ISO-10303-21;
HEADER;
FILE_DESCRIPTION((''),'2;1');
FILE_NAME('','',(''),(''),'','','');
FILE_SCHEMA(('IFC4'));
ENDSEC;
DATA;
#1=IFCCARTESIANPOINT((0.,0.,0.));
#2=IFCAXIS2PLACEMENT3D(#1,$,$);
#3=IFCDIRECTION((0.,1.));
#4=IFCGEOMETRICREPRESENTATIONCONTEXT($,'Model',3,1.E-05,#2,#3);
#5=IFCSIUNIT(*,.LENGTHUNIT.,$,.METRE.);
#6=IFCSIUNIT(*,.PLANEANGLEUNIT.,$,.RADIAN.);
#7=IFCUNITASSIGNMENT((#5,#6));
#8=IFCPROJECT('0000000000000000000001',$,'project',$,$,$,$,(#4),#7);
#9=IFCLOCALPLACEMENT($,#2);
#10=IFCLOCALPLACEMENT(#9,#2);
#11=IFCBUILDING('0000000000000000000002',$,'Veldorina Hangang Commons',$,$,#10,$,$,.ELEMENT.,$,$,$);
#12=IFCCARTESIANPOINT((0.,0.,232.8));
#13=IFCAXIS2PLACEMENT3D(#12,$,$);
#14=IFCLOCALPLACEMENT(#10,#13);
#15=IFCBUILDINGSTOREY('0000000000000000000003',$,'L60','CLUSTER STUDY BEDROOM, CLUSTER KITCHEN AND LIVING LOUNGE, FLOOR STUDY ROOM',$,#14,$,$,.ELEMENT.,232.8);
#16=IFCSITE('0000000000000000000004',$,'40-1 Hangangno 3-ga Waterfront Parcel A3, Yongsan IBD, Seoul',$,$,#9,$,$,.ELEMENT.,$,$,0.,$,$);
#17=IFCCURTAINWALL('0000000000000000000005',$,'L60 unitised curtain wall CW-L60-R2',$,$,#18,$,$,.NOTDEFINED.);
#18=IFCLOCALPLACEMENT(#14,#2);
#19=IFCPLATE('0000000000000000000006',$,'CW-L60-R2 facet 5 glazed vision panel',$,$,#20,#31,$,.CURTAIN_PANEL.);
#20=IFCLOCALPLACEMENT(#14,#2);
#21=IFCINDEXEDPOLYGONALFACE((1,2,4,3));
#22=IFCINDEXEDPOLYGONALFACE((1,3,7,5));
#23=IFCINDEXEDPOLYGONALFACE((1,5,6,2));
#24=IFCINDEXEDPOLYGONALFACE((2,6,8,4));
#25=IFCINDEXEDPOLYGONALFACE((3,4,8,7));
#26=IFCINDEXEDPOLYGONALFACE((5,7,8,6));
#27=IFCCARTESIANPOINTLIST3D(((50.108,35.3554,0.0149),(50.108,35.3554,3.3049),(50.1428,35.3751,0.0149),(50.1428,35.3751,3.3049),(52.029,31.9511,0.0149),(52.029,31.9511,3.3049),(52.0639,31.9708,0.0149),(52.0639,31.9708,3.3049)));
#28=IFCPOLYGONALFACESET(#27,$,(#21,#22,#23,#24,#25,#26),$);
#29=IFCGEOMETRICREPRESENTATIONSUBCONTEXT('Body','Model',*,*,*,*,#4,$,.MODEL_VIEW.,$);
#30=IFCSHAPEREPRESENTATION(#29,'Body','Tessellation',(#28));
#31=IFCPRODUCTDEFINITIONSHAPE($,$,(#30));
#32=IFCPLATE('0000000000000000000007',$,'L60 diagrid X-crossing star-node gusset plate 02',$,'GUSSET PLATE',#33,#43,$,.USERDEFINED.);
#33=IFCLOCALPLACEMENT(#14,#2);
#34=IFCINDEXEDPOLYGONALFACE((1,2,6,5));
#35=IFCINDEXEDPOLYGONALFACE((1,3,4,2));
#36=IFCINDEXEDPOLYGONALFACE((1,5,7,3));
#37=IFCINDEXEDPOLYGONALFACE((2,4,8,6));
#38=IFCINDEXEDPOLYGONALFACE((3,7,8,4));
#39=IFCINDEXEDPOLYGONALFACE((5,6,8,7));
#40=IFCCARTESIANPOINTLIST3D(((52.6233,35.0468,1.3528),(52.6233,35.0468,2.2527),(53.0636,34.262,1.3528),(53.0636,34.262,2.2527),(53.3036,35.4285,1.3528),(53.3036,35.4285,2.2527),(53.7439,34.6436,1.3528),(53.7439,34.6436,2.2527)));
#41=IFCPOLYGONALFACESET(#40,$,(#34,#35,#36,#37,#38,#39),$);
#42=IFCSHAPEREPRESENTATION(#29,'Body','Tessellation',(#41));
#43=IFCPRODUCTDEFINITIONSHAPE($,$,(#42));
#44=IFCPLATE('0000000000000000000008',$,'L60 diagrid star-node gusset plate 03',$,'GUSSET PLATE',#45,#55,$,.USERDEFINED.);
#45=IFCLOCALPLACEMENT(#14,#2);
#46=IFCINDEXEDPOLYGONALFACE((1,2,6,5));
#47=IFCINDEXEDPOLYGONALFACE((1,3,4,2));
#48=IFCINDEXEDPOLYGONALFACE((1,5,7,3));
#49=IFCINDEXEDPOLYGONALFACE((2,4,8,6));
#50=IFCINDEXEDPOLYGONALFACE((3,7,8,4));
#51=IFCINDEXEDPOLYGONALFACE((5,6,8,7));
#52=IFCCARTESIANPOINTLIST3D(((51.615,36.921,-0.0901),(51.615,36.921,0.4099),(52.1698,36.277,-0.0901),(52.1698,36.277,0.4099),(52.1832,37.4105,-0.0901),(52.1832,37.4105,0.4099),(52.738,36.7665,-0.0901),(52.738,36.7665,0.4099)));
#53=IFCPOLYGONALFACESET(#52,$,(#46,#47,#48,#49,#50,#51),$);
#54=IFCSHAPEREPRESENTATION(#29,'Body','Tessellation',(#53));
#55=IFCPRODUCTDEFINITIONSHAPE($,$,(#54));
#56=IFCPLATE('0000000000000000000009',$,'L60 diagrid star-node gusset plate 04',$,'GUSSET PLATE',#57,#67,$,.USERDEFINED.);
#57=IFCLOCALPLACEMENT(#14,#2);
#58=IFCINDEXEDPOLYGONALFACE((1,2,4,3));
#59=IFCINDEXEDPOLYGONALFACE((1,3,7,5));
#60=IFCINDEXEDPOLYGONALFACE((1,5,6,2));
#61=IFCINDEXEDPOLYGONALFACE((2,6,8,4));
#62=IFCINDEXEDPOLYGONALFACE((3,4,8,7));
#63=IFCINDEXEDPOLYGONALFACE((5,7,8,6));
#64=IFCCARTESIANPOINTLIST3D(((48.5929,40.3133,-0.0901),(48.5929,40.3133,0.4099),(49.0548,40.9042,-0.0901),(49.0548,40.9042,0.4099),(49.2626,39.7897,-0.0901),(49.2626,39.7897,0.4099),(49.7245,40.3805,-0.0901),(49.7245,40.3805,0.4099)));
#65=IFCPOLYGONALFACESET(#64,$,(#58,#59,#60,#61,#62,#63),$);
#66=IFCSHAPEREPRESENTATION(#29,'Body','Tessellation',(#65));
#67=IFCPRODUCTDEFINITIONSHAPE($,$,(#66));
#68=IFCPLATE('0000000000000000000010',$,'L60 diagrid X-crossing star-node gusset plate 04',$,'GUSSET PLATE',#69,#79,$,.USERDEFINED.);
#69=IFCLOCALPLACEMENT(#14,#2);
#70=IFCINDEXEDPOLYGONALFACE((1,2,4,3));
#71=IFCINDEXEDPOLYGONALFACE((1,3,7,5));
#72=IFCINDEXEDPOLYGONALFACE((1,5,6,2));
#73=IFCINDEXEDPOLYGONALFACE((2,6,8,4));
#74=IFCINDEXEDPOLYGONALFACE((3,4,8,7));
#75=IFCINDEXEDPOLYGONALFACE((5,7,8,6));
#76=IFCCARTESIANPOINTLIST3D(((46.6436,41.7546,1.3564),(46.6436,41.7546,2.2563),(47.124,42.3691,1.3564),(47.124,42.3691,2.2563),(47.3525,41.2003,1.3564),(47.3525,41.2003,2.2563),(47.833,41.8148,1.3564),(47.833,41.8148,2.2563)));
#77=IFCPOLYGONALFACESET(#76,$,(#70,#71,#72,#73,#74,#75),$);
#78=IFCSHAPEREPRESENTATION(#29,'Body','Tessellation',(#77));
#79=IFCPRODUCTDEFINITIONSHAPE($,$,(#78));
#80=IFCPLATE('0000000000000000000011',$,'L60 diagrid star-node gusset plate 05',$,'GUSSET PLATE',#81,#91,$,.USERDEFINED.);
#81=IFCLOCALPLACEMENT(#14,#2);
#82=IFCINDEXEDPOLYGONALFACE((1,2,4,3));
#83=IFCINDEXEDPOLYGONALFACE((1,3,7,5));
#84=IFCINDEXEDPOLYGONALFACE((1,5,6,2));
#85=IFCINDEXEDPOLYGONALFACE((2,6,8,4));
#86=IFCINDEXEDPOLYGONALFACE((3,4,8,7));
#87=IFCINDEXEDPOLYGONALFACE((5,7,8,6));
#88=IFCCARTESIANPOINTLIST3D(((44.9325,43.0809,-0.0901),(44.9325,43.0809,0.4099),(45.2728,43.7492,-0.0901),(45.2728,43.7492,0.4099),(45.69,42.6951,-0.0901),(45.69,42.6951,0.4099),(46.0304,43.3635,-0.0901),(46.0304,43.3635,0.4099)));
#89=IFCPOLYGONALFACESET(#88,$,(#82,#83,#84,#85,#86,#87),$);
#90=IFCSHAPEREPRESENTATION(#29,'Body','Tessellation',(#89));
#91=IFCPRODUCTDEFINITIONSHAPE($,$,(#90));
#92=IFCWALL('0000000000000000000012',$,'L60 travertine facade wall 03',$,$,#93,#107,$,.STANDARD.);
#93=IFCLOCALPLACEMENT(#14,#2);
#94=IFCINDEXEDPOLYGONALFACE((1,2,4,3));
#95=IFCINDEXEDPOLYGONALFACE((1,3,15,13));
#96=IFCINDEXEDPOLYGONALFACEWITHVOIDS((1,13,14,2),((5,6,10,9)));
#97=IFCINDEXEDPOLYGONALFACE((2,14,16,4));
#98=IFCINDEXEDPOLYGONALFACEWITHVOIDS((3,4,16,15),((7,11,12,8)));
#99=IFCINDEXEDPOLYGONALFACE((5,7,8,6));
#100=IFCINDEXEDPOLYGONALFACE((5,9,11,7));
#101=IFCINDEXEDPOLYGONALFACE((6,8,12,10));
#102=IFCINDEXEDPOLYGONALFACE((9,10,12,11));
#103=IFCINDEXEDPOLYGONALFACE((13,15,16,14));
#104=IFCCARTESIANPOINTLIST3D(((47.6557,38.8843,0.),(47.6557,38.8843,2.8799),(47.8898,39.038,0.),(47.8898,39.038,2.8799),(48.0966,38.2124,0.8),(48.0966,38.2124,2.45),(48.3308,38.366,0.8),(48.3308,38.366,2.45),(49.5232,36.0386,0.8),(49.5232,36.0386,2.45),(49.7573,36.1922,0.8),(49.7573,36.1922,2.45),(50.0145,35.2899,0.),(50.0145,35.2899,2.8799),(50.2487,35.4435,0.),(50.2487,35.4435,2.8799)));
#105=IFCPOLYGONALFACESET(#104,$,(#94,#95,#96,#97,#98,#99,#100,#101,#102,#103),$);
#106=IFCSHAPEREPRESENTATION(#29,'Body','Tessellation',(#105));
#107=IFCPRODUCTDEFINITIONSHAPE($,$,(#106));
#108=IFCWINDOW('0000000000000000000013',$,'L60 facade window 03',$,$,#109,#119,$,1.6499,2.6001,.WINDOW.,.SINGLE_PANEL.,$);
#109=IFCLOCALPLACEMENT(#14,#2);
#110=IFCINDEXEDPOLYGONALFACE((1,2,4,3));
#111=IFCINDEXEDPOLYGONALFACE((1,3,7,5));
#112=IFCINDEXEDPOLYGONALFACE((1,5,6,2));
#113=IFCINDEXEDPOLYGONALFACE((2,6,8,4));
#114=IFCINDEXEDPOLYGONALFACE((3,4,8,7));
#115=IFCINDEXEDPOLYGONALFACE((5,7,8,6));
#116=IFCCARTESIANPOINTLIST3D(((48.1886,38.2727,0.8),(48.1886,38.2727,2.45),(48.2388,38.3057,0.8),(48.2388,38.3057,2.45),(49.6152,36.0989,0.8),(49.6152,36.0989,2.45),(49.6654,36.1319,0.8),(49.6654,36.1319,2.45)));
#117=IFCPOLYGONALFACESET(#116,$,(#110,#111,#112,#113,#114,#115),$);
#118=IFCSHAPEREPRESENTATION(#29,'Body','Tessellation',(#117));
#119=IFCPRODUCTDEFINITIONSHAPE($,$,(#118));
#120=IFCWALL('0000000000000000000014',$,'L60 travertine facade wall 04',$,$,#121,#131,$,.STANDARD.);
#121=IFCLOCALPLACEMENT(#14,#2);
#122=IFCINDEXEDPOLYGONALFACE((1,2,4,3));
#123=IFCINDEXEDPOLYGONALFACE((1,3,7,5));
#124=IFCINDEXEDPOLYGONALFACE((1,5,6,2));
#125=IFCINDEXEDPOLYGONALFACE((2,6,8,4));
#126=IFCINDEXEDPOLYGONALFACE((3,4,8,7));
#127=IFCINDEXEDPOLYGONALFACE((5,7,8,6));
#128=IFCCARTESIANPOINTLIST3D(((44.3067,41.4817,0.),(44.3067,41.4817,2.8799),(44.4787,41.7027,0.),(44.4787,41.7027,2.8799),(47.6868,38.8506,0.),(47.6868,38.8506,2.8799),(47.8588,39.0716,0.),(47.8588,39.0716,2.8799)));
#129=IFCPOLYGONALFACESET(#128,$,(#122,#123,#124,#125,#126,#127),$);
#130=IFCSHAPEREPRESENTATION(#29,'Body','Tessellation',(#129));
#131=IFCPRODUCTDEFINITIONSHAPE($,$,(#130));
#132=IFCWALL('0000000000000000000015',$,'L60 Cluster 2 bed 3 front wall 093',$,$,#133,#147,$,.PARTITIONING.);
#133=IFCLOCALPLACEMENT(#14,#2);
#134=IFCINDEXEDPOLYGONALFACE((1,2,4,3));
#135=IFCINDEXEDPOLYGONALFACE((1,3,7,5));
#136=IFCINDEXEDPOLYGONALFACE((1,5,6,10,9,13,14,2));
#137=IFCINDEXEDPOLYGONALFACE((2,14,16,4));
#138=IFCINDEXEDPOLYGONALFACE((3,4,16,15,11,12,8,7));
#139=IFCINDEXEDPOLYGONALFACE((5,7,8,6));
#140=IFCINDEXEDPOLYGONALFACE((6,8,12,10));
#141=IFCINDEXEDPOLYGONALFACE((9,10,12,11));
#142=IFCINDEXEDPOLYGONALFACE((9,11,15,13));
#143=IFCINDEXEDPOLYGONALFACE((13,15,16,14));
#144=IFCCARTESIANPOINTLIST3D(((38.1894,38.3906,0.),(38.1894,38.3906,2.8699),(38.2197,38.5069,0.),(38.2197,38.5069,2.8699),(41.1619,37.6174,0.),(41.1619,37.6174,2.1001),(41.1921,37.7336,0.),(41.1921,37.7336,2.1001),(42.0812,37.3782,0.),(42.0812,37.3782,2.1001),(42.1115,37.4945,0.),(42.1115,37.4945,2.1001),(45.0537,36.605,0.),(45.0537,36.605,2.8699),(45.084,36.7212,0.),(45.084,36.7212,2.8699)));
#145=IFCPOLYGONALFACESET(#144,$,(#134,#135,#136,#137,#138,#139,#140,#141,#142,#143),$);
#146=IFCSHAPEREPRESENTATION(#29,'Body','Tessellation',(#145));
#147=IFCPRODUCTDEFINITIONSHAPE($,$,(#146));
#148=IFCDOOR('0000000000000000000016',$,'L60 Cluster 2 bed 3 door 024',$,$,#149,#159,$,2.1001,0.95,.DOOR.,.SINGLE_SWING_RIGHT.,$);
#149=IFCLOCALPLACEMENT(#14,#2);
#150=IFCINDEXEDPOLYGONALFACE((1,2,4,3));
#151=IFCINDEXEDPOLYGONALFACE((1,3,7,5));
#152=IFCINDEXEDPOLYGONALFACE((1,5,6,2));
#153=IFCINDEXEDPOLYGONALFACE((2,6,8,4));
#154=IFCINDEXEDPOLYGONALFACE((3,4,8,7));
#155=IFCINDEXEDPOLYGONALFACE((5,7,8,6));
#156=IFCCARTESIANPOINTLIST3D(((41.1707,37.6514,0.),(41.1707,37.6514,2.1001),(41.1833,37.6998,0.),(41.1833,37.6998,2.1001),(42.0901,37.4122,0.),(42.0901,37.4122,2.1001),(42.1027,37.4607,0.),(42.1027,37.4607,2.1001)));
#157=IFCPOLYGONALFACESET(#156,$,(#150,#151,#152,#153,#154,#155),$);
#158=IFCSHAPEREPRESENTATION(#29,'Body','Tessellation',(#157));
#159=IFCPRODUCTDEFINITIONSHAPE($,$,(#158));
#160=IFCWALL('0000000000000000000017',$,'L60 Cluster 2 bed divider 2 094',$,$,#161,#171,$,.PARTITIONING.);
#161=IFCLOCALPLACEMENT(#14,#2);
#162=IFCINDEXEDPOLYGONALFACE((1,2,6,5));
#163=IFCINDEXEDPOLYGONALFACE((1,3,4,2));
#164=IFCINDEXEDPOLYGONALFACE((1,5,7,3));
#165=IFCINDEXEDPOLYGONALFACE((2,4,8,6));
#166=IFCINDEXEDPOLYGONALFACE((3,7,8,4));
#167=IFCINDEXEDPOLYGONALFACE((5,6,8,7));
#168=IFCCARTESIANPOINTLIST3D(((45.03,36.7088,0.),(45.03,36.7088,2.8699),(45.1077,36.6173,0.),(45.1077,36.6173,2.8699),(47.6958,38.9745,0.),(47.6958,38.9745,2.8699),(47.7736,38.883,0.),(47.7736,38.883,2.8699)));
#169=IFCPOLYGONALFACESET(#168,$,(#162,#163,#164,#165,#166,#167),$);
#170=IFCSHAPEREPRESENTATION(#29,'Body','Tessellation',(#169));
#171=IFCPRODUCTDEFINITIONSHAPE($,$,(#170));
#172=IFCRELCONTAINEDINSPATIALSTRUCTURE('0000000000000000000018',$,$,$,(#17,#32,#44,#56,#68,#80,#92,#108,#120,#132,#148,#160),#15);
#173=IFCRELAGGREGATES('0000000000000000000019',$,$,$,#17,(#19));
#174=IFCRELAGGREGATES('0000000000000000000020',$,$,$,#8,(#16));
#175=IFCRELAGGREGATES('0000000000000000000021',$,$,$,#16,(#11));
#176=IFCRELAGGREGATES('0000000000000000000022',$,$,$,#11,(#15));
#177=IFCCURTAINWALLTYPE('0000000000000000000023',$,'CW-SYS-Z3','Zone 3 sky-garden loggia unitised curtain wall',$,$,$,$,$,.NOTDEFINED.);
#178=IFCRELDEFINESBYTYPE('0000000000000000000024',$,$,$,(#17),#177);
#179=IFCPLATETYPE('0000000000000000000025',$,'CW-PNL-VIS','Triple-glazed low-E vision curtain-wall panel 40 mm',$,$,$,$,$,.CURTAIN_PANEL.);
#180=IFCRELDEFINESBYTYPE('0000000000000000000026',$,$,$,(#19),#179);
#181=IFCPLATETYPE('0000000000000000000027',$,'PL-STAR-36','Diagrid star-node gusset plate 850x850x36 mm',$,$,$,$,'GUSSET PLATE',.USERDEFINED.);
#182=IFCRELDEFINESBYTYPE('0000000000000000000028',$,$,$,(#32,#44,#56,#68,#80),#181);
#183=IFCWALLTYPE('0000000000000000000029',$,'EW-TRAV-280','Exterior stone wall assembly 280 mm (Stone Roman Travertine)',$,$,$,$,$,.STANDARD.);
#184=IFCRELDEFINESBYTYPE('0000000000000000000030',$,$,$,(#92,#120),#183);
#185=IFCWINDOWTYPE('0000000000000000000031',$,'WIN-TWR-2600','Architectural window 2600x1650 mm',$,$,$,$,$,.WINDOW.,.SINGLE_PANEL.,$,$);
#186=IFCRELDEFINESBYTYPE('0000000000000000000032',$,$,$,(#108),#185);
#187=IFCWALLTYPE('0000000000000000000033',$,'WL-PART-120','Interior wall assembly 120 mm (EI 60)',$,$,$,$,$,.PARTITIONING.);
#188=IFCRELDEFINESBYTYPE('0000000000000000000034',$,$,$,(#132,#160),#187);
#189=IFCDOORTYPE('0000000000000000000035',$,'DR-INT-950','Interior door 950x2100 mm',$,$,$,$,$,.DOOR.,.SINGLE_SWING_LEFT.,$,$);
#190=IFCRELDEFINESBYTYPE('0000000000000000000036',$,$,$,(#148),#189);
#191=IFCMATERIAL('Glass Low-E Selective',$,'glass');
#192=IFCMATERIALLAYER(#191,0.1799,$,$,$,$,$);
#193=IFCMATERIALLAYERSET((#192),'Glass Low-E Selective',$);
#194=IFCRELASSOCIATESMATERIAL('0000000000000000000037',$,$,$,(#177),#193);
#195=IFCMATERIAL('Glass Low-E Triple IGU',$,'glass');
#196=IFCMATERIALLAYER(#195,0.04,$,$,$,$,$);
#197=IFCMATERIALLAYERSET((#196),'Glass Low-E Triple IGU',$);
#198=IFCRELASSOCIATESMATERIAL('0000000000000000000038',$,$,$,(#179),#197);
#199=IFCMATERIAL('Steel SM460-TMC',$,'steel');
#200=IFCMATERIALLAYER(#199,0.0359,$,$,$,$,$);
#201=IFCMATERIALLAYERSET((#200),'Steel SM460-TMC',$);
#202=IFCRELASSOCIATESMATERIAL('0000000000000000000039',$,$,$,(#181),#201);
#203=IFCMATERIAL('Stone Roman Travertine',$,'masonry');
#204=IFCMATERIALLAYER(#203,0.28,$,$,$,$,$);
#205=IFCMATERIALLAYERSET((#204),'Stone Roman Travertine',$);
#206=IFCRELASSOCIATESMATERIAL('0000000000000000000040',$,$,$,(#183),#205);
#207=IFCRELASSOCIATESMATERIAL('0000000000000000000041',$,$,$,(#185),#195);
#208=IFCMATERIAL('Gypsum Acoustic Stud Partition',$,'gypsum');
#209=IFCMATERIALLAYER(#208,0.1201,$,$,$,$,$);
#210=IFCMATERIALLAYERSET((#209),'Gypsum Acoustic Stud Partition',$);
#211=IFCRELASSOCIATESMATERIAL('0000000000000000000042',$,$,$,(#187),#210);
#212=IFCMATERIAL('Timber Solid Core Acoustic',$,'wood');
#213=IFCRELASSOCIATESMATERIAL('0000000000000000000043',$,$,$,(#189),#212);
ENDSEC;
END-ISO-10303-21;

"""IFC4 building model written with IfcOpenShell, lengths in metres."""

from ifc_helpers import new_model, si_unit, direction, frame, frame_2d, origin, origin_2d, place, context, subcontext, project, spatial, rectangle, extrude, material, layer, layer_set, type_object, element, fill, aggregate, save


model = new_model("IFC4")

# Units and contexts
model_context = context("Model", 3, precision=1e-05, world=origin(), true_north=direction((0.0, 1.0)))
body_context = subcontext(model_context, "Body", "Model", "MODEL_VIEW")
ifc_project = project(units=[si_unit("LENGTHUNIT", "METRE"), si_unit("PLANEANGLEUNIT", "RADIAN")], contexts=[model_context])

# Site, building, storey
site_placement = place(None, origin())
site = spatial("IfcSite", under=ifc_project, at=site_placement, Name="40-1 Hangangno 3-ga Waterfront Parcel A3, Yongsan IBD, Seoul", CompositionType="ELEMENT", RefElevation=0.0)
building_placement = place(site_placement, origin())
building = spatial("IfcBuilding", under=site, at=building_placement, Name="Veldorina Hangang Commons", CompositionType="ELEMENT")
storey_placement = place(building_placement, frame((0.0, 0.0, 232.8)))
storey = spatial("IfcBuildingStorey", under=building, at=storey_placement, Name="L60", Description="CLUSTER STUDY BEDROOM, CLUSTER KITCHEN AND LIVING LOUNGE, FLOOR STUDY ROOM", CompositionType="ELEMENT", Elevation=232.8)

# Curtain wall
ifc_material_1 = material(Name="Glass Low-E Selective", Category="glass")
ifc_layer_1 = layer(ifc_material_1, 0.1799)
ifc_layer_set_1 = layer_set([ifc_layer_1], Name="Glass Low-E Selective")
curtain_wall_type = type_object("IfcCurtainWallType", Name="CW-SYS-Z3", Description="Zone 3 sky-garden loggia unitised curtain wall", PredefinedType="NOTDEFINED", material=ifc_layer_set_1)
curtain_wall_placement = place(storey_placement, origin())
curtain_wall = element("IfcCurtainWall", 1, at=curtain_wall_placement, inside=storey, type_object=curtain_wall_type, Name="L60 unitised curtain wall CW-L60-R2", PredefinedType="NOTDEFINED")

# Plate
ifc_material_2 = material(Name="Glass Low-E Triple IGU", Category="glass")
ifc_layer_2 = layer(ifc_material_2, 0.04)
ifc_layer_set_2 = layer_set([ifc_layer_2], Name="Glass Low-E Triple IGU")
plate_type_1 = type_object("IfcPlateType", Name="CW-PNL-VIS", Description="Triple-glazed low-E vision curtain-wall panel 40 mm", PredefinedType="CURTAIN_PANEL", material=ifc_layer_set_2)
plate_1_placement = place(storey_placement, frame((51.0859, 33.6631, 0.0149), z_axis=(0.0, 0.0, 1.0), x_axis=(-0.491451, 0.870905, 0.0)))
plate_1 = element("IfcPlate", 2, at=plate_1_placement, type_object=plate_type_1, Name="CW-L60-R2 facet 5 glazed vision panel", PredefinedType="CURTAIN_PANEL", context=body_context, shape_type="SweptSolid", body=[
    extrude(rectangle(XDim=3.9089, YDim=0.04, at=origin_2d()), origin(), (0.0, 0.0, 1.0), 3.29),
])
aggregate(curtain_wall, [plate_1])

# Plates
ifc_material_3 = material(Name="Steel SM460-TMC", Category="steel")
ifc_layer_3 = layer(ifc_material_3, 0.0359)
ifc_layer_set_3 = layer_set([ifc_layer_3], Name="Steel SM460-TMC")
plate_type_2 = type_object("IfcPlateType", Name="PL-STAR-36", Description="Diagrid star-node gusset plate 850x850x36 mm", ElementType="GUSSET PLATE", PredefinedType="USERDEFINED", material=ifc_layer_set_3)
plate_2_placement = place(storey_placement, frame((53.1836, 34.8452, 1.3528), z_axis=(0.0, 0.0, 1.0), x_axis=(-0.489306, 0.872112, 0.0)))
element("IfcPlate", 3, at=plate_2_placement, inside=storey, type_object=plate_type_2, Name="L60 diagrid X-crossing star-node gusset plate 02", ObjectType="GUSSET PLATE", PredefinedType="USERDEFINED", context=body_context, shape_type="SweptSolid", body=[
    extrude(rectangle(XDim=0.8999, YDim=0.78, at=origin_2d()), origin(), (0.0, 0.0, 1.0), 0.8999),
])
for number, where, z_axis, x_axis, name in (
    (4, (52.1765, 36.8438, -0.0901), (0.0, 0.0, 1.0), (-0.652667, 0.757645, 0.0), "L60 diagrid star-node gusset plate 03"),
    (5, (49.1587, 40.3469, -0.0901), (0.0, 0.0, 1.0), (-0.787785, 0.61595, 0.0), "L60 diagrid star-node gusset plate 04"),
):
    element("IfcPlate", number, at=place(storey_placement, frame(where, z_axis=z_axis, x_axis=x_axis)), inside=storey, type_object=plate_type_2, Name=name, ObjectType="GUSSET PLATE", PredefinedType="USERDEFINED", context=body_context, shape_type="SweptSolid", body=[
        extrude(rectangle(XDim=0.8501, YDim=0.75, at=origin_2d()), origin(), (0.0, 0.0, 1.0), 0.5),
    ])
plate_3_placement = place(storey_placement, frame((47.2383, 41.7847, 1.3564), z_axis=(0.0, 0.0, 1.0), x_axis=(-0.787785, 0.61595, 0.0)))
element("IfcPlate", 6, at=plate_3_placement, inside=storey, type_object=plate_type_2, Name="L60 diagrid X-crossing star-node gusset plate 04", ObjectType="GUSSET PLATE", PredefinedType="USERDEFINED", context=body_context, shape_type="SweptSolid", body=[
    extrude(rectangle(XDim=0.8999, YDim=0.78, at=origin_2d()), origin(), (0.0, 0.0, 1.0), 0.8999),
])
plate_4_placement = place(storey_placement, frame((45.4814, 43.2222, -0.0901), z_axis=(0.0, 0.0, 1.0), x_axis=(-0.891117, 0.453773, 0.0)))
element("IfcPlate", 7, at=plate_4_placement, inside=storey, type_object=plate_type_2, Name="L60 diagrid star-node gusset plate 05", ObjectType="GUSSET PLATE", PredefinedType="USERDEFINED", context=body_context, shape_type="SweptSolid", body=[
    extrude(rectangle(XDim=0.8501, YDim=0.75, at=origin_2d()), origin(), (0.0, 0.0, 1.0), 0.5),
])

# Wall, opening, window
ifc_material_4 = material(Name="Stone Roman Travertine", Category="masonry")
ifc_layer_4 = layer(ifc_material_4, 0.28)
ifc_layer_set_4 = layer_set([ifc_layer_4], Name="Stone Roman Travertine")
wall_type_1 = type_object("IfcWallType", Name="EW-TRAV-280", Description="Exterior stone wall assembly 280 mm (Stone Roman Travertine)", PredefinedType="STANDARD", material=ifc_layer_set_4)
wall_1_placement = place(storey_placement, frame((50.1316, 35.3667, 0.0), z_axis=(0.0, 0.0, 1.0), x_axis=(-0.548658, 0.836047, 0.0)))
wall_1 = element("IfcWall", 8, at=wall_1_placement, inside=storey, type_object=wall_type_1, Name="L60 travertine facade wall 03", PredefinedType="STANDARD", context=body_context, shape_type="SweptSolid", body=[
    extrude(rectangle(XDim=4.2993, YDim=0.28, at=frame_2d((2.1497, 0.0))), origin(), (0.0, 0.0, 1.0), 2.8799),
])
opening_1_placement = place(wall_1_placement, frame((0.8955, 0.0, 0.8)))
opening_1 = element("IfcOpeningElement", 9, at=opening_1_placement, cuts=wall_1, PredefinedType="OPENING", context=body_context, shape_type="SweptSolid", body=[
    extrude(rectangle(XDim=2.6001, YDim=1.6499, at=frame_2d((1.3, 0.825))), frame((0.0, 0.1499, 0.0), z_axis=(0.0, -1.0, 0.0), x_axis=(1.0, 0.0, 0.0)), (0.0, 0.0, 1.0), 0.3),
])
window_type = type_object("IfcWindowType", Name="WIN-TWR-2600", Description="Architectural window 2600x1650 mm", PartitioningType="SINGLE_PANEL", PredefinedType="WINDOW", material=ifc_material_2)
window_placement = place(opening_1_placement, origin())
window = element("IfcWindow", 10, at=window_placement, inside=storey, type_object=window_type, Name="L60 facade window 03", OverallHeight=1.6499, OverallWidth=2.6001, PartitioningType="SINGLE_PANEL", PredefinedType="WINDOW", context=body_context, shape_type="SweptSolid", body=[
    extrude(rectangle(XDim=2.6001, YDim=1.6499, at=frame_2d((1.3, 0.825))), frame((0.0, 0.03, 0.0), z_axis=(0.0, -1.0, 0.0), x_axis=(1.0, 0.0, 0.0)), (0.0, 0.0, 1.0), 0.0601),
])
fill(opening_1, window)

# Wall
wall_2_placement = place(storey_placement, frame((47.7727, 38.9612, 0.0), z_axis=(0.0, 0.0, 1.0), x_axis=(-0.789113, 0.614248, 0.0)))
element("IfcWall", 11, at=wall_2_placement, inside=storey, type_object=wall_type_1, Name="L60 travertine facade wall 04", PredefinedType="STANDARD", context=body_context, shape_type="SweptSolid", body=[
    extrude(rectangle(XDim=4.2834, YDim=0.28, at=frame_2d((2.1416, 0.0))), origin(), (0.0, 0.0, 1.0), 2.8799),
])

# Wall, opening, door
ifc_material_5 = material(Name="Gypsum Acoustic Stud Partition", Category="gypsum")
ifc_layer_5 = layer(ifc_material_5, 0.1201)
ifc_layer_set_5 = layer_set([ifc_layer_5], Name="Gypsum Acoustic Stud Partition")
wall_type_2 = type_object("IfcWallType", Name="WL-PART-120", Description="Interior wall assembly 120 mm (EI 60)", PredefinedType="PARTITIONING", material=ifc_layer_set_5)
wall_3_placement = place(storey_placement, frame((45.0688, 36.6631, 0.0), z_axis=(0.0, 0.0, 1.0), x_axis=(-0.96779, 0.251758, 0.0)))
wall_3 = element("IfcWall", 12, at=wall_3_placement, inside=storey, type_object=wall_type_2, Name="L60 Cluster 2 bed 3 front wall 093", PredefinedType="PARTITIONING", context=body_context, shape_type="SweptSolid", body=[
    extrude(rectangle(XDim=7.0928, YDim=0.1201, at=frame_2d((3.5464, 0.0))), origin(), (0.0, 0.0, 1.0), 2.8699),
])
opening_2_placement = place(wall_3_placement, frame((3.0713, 0.0, 0.0)))
opening_2 = element("IfcOpeningElement", 13, at=opening_2_placement, cuts=wall_3, PredefinedType="OPENING", context=body_context, shape_type="SweptSolid", body=[
    extrude(rectangle(XDim=0.95, YDim=2.1001, at=frame_2d((0.4751, 1.05))), frame((0.0, 0.0701, 0.0), z_axis=(0.0, -1.0, 0.0), x_axis=(1.0, 0.0, 0.0)), (0.0, 0.0, 1.0), 0.1401),
])
ifc_material_6 = material(Name="Timber Solid Core Acoustic", Category="wood")
door_type = type_object("IfcDoorType", Name="DR-INT-950", Description="Interior door 950x2100 mm", OperationType="SINGLE_SWING_LEFT", PredefinedType="DOOR", material=ifc_material_6)
door_placement = place(opening_2_placement, origin())
door = element("IfcDoor", 14, at=door_placement, inside=storey, type_object=door_type, Name="L60 Cluster 2 bed 3 door 024", OperationType="SINGLE_SWING_RIGHT", OverallHeight=2.1001, OverallWidth=0.95, PredefinedType="DOOR", context=body_context, shape_type="SweptSolid", body=[
    extrude(rectangle(XDim=0.95, YDim=2.1001, at=frame_2d((0.4751, 1.05))), frame((0.0, 0.0249, 0.0), z_axis=(0.0, -1.0, 0.0), x_axis=(1.0, 0.0, 0.0)), (0.0, 0.0, 1.0), 0.05),
])
fill(opening_2, door)

# Wall
wall_4_placement = place(storey_placement, frame((45.0688, 36.6631, 0.0), z_axis=(0.0, 0.0, 1.0), x_axis=(0.761979, 0.647602, 0.0)))
element("IfcWall", 15, at=wall_4_placement, inside=storey, type_object=wall_type_2, Name="L60 Cluster 2 bed divider 2 094", PredefinedType="PARTITIONING", context=body_context, shape_type="SweptSolid", body=[
    extrude(rectangle(XDim=3.4985, YDim=0.1201, at=frame_2d((1.7493, 0.0))), origin(), (0.0, 0.0, 1.0), 2.8699),
])

save(model, "model.ifc")
